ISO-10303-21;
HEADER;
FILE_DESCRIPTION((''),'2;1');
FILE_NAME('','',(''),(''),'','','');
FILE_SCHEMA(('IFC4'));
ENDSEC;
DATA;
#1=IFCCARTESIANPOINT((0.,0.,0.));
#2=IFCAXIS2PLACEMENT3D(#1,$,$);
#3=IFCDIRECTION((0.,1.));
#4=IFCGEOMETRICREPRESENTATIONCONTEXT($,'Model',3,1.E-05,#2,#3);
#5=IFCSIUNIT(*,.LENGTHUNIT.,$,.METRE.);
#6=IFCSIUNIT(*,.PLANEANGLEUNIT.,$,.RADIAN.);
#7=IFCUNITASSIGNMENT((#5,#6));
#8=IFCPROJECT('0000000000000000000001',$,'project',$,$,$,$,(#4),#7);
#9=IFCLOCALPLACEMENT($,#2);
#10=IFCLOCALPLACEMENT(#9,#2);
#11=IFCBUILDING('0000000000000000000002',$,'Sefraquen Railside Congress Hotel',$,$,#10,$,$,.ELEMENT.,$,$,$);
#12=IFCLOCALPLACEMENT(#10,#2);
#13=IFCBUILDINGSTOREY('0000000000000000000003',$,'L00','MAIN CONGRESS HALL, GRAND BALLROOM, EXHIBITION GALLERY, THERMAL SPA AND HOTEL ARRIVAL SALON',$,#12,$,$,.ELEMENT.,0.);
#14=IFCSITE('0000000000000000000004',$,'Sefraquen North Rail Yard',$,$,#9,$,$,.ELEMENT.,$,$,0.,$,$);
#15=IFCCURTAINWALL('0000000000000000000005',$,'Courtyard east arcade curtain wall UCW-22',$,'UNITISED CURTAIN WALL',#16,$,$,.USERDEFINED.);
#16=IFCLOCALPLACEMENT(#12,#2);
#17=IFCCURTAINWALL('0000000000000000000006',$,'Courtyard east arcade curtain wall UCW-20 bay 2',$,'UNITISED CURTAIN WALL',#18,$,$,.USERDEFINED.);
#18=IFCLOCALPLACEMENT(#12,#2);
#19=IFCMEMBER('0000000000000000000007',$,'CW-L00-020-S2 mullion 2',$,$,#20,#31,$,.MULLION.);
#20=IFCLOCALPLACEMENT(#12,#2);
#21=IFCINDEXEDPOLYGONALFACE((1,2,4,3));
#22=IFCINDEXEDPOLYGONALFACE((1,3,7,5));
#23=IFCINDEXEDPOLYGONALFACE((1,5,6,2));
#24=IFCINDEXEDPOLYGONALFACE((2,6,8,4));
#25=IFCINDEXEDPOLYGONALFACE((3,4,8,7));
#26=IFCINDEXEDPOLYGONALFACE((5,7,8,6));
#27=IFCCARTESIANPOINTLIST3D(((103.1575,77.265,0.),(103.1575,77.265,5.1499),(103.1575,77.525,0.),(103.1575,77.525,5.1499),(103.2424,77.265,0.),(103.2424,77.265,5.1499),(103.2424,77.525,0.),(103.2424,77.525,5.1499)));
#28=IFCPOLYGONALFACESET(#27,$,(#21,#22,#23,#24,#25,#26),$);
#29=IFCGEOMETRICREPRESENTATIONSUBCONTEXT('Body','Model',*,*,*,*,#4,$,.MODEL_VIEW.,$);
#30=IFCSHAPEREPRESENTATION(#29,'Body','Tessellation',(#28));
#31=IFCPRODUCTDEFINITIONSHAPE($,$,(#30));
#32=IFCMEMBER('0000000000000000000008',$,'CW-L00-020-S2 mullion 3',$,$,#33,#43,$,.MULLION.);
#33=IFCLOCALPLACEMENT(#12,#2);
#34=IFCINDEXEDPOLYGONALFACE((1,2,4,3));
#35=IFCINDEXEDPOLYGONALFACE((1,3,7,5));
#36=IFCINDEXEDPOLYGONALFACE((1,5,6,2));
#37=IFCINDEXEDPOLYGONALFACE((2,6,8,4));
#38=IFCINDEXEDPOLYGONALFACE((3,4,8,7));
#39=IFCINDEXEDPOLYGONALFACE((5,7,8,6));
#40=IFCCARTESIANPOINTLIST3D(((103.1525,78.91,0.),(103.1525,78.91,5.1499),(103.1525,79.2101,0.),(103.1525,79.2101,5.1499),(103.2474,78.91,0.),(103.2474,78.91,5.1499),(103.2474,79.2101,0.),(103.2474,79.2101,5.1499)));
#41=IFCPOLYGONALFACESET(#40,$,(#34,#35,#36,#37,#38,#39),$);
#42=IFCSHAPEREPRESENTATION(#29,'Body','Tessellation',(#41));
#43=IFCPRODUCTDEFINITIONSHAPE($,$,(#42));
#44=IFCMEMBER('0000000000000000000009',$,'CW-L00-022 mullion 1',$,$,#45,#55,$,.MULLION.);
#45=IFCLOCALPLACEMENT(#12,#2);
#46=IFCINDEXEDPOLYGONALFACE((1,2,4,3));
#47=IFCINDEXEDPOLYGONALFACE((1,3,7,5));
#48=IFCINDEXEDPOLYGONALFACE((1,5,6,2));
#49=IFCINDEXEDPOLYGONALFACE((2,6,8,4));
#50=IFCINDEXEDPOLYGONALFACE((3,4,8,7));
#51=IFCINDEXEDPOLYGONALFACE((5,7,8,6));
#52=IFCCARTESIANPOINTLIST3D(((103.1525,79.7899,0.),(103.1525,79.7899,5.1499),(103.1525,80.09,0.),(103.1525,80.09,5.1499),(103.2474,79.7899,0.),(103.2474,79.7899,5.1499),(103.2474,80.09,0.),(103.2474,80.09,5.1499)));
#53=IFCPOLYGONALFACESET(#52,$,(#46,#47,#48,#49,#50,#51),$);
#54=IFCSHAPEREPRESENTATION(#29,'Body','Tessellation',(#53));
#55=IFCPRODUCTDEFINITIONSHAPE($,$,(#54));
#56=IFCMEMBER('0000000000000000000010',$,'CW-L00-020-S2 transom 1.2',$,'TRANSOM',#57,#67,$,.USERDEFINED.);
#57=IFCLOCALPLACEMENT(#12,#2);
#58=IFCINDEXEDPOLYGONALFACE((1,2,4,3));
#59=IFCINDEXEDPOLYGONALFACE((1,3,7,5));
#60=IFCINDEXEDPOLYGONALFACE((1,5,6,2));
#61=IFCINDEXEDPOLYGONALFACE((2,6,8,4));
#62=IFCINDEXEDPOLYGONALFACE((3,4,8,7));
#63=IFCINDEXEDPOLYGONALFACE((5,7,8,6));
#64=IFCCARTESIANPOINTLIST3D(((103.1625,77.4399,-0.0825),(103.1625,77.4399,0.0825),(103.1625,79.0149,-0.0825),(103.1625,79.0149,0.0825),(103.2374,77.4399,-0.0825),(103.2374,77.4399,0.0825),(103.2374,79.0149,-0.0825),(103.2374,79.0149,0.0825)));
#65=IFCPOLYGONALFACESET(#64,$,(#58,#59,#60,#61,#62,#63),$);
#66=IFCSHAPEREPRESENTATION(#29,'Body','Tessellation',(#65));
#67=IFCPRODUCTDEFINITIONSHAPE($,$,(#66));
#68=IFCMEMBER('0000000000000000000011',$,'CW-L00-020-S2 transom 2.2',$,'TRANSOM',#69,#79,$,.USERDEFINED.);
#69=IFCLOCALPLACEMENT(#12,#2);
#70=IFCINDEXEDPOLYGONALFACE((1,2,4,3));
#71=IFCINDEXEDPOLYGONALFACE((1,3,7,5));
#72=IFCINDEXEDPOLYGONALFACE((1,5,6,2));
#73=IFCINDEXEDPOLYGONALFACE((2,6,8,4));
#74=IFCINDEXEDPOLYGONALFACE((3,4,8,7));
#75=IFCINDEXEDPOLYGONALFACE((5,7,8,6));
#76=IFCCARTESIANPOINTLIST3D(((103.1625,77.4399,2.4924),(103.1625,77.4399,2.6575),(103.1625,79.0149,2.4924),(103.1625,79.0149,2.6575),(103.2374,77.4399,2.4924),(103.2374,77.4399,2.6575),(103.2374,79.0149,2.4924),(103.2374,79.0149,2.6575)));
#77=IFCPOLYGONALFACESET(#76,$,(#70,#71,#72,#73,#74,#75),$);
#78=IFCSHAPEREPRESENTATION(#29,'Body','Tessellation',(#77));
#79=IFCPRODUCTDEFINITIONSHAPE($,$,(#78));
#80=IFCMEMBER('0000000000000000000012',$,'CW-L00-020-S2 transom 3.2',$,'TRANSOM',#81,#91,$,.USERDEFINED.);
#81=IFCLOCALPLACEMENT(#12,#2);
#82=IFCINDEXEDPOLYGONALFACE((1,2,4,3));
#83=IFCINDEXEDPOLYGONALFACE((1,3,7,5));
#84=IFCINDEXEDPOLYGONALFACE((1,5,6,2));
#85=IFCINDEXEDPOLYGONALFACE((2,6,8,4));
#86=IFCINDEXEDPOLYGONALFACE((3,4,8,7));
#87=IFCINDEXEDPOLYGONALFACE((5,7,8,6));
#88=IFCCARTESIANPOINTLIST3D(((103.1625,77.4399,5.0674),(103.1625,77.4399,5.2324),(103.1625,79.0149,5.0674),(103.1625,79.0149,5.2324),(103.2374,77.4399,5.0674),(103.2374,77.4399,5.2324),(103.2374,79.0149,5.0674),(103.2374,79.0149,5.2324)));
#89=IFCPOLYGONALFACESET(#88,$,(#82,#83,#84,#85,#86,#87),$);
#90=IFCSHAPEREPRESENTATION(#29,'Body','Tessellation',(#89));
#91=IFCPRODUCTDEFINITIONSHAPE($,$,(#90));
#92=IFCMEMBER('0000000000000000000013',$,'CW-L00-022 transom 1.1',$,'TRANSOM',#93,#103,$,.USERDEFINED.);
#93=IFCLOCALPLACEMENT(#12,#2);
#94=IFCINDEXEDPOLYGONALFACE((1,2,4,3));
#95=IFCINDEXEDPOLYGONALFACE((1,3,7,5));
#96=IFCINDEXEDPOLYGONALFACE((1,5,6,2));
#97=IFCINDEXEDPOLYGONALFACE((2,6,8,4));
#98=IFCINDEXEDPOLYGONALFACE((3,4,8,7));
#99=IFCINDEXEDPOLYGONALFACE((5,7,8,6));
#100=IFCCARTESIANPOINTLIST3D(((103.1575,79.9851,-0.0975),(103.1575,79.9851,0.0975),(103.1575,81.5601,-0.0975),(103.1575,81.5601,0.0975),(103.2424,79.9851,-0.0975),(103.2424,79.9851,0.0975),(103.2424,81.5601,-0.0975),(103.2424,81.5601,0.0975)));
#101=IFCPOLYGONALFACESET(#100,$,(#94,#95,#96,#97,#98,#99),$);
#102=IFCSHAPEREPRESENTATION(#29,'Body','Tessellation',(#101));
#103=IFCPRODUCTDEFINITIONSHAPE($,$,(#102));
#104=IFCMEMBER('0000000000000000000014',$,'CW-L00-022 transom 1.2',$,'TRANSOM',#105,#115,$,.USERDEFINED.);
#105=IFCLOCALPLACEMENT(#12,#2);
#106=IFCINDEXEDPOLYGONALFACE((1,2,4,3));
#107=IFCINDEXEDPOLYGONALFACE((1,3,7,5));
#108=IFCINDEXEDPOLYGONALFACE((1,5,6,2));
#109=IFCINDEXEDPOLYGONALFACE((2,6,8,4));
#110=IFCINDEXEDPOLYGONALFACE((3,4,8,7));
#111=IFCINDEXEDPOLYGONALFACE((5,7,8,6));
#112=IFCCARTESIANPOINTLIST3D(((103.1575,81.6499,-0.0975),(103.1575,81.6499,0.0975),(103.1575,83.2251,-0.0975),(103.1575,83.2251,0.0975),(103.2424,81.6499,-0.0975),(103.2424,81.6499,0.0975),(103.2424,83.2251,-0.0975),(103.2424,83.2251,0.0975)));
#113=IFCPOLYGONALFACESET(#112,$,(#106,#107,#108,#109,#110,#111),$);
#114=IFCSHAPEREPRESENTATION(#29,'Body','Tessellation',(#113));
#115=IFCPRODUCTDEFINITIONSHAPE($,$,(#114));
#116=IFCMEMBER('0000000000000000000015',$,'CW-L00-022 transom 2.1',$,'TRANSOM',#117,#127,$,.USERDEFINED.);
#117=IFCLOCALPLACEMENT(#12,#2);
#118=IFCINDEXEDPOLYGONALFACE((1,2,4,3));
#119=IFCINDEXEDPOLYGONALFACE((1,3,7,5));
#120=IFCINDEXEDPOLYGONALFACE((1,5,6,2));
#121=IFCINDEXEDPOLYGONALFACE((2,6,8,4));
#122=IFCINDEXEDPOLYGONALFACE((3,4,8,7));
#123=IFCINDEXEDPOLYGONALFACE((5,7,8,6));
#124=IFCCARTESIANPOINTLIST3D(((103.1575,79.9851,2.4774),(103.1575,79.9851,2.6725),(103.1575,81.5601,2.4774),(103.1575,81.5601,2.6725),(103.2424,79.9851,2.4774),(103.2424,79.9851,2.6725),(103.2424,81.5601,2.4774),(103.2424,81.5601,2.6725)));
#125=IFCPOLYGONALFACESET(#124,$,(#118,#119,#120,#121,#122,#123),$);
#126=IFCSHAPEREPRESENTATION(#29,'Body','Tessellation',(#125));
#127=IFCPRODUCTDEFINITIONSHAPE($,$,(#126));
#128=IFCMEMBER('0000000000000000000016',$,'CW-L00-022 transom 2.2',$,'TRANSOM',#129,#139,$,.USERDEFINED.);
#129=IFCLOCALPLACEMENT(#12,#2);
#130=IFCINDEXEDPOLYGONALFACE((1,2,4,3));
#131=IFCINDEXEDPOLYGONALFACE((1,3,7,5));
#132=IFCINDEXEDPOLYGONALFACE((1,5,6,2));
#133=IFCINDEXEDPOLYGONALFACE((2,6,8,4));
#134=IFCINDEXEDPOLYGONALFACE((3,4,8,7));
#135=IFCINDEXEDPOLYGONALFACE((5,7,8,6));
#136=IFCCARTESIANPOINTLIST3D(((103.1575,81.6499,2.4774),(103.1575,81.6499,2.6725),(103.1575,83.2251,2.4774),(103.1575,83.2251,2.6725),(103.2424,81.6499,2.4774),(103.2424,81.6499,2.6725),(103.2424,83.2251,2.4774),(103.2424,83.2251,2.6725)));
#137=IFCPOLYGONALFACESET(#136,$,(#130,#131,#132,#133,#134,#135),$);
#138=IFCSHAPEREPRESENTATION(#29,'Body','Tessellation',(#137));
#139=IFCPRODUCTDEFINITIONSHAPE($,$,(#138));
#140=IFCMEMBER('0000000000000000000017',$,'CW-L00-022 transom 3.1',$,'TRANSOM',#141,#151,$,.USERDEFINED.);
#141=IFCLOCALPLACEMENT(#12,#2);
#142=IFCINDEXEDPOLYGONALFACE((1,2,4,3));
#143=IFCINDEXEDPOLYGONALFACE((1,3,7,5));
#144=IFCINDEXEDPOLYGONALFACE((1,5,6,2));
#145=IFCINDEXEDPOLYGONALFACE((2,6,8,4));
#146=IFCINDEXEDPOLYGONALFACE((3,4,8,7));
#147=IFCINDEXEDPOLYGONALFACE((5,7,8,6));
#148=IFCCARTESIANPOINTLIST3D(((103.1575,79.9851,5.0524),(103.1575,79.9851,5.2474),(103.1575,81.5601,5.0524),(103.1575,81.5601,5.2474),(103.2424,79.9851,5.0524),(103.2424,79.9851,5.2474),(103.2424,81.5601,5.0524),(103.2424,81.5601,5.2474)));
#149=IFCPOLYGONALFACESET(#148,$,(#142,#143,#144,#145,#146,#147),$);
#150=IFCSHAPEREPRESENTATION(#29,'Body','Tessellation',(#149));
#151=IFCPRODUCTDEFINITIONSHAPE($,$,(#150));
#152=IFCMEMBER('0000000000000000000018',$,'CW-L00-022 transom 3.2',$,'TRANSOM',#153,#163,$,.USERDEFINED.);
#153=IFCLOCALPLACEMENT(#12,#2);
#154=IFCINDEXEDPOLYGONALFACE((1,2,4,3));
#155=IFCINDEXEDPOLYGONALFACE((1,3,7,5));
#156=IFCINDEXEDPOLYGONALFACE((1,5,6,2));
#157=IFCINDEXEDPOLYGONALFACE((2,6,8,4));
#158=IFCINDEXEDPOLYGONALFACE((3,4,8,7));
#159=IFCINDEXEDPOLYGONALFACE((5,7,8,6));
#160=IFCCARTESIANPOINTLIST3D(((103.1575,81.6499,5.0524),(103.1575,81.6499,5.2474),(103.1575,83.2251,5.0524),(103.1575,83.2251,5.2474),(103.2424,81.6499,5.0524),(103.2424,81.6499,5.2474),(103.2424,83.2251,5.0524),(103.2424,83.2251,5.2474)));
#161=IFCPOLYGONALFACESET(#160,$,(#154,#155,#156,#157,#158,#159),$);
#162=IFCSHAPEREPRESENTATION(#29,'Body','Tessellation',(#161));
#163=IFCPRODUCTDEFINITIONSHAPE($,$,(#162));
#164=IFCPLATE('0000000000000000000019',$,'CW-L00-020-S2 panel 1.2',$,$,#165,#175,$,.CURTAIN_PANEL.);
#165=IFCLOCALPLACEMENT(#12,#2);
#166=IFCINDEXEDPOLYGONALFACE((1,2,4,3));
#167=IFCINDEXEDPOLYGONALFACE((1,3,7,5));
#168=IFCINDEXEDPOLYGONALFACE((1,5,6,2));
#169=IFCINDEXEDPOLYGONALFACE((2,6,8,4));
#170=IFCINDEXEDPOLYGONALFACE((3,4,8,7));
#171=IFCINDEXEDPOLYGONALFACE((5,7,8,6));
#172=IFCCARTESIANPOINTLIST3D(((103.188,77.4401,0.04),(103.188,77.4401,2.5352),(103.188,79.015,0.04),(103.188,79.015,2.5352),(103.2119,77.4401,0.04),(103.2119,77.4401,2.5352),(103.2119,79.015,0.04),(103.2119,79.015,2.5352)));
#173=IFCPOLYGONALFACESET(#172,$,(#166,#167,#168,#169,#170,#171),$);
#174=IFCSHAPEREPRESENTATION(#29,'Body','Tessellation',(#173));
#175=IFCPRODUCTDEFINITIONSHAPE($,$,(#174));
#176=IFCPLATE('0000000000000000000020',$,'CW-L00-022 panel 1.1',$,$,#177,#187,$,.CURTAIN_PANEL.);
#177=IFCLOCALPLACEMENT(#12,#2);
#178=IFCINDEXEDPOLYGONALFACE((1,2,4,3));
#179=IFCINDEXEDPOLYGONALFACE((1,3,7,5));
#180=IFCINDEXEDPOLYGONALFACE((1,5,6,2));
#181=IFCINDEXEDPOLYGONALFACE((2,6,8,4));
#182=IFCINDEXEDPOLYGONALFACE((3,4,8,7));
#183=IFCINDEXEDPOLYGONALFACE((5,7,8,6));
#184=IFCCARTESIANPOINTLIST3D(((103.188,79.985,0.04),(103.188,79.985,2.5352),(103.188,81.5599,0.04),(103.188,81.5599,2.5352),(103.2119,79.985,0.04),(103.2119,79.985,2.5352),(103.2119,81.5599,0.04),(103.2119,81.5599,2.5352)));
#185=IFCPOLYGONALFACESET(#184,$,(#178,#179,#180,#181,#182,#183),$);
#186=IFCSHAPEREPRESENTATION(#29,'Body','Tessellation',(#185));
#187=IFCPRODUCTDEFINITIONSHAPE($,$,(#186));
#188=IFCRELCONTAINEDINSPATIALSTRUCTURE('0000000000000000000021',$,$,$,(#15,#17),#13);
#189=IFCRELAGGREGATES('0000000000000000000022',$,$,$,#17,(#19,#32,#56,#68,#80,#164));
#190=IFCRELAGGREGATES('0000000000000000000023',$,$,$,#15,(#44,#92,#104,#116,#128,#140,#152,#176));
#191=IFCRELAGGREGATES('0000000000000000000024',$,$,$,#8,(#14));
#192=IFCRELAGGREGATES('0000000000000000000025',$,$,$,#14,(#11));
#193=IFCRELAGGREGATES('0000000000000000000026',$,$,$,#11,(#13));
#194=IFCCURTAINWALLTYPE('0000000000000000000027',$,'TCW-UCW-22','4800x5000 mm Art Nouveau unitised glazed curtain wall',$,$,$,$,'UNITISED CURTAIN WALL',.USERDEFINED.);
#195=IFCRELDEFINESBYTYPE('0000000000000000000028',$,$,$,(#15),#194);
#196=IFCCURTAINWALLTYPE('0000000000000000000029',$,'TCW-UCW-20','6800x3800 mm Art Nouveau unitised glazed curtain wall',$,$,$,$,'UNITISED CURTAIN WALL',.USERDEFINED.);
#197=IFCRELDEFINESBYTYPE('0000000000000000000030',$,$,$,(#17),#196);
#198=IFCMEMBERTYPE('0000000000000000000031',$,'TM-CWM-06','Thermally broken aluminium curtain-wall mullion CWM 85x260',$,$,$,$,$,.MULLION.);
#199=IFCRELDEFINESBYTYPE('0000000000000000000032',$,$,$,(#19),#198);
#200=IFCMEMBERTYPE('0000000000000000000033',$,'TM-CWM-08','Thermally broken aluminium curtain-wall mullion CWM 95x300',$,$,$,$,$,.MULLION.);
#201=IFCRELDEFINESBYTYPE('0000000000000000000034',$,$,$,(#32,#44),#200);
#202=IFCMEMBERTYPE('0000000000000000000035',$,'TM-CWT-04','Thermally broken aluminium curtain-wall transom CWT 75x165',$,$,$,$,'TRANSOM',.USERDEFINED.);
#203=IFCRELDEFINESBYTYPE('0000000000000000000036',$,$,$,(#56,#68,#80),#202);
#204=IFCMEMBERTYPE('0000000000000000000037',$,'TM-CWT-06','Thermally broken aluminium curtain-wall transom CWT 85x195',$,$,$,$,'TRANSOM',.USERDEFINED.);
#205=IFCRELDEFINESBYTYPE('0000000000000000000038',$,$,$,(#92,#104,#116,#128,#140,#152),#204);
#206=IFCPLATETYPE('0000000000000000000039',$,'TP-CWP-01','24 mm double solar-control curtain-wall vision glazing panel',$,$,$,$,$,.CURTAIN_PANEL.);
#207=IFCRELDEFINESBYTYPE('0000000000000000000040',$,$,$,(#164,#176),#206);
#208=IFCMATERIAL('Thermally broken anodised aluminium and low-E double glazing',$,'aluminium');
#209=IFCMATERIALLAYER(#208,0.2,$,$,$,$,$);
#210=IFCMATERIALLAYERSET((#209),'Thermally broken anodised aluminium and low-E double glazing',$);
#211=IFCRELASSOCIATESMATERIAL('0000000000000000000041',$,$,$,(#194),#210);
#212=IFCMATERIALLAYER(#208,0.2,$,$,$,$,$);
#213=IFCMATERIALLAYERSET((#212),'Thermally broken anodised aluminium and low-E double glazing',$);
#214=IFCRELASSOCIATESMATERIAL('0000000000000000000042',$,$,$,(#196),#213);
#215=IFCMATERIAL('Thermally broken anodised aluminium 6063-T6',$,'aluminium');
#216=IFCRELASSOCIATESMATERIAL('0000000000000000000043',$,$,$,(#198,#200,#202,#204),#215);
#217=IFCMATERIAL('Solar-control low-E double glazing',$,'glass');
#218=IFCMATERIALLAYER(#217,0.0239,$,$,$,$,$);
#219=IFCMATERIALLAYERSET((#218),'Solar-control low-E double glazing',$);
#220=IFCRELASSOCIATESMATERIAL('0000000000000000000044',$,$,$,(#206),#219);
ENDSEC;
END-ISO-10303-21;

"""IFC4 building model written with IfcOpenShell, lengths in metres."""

from ifc_helpers import new_model, si_unit, direction, frame, origin, origin_2d, place, context, subcontext, project, spatial, rectangle, extrude, material, layer, layer_set, material_profile, profile_set, type_object, element, aggregate, save


model = new_model("IFC4")

# Units and contexts
model_context = context("Model", 3, precision=1e-05, world=origin(), true_north=direction((0.0, 1.0)))
body_context = subcontext(model_context, "Body", "Model", "MODEL_VIEW")
ifc_project = project(units=[si_unit("LENGTHUNIT", "METRE"), si_unit("PLANEANGLEUNIT", "RADIAN")], contexts=[model_context])

# Site, building, storey
site_placement = place(None, origin())
site = spatial("IfcSite", under=ifc_project, at=site_placement, Name="Sefraquen North Rail Yard", CompositionType="ELEMENT", RefElevation=0.0)
building_placement = place(site_placement, origin())
building = spatial("IfcBuilding", under=site, at=building_placement, Name="Sefraquen Railside Congress Hotel", CompositionType="ELEMENT")
storey_placement = place(building_placement, origin())
storey = spatial("IfcBuildingStorey", under=building, at=storey_placement, Name="L00", Description="MAIN CONGRESS HALL, GRAND BALLROOM, EXHIBITION GALLERY, THERMAL SPA AND HOTEL ARRIVAL SALON", CompositionType="ELEMENT", Elevation=0.0)

# Curtain wall
ifc_material_1 = material(Name="Thermally broken anodised aluminium and low-E double glazing", Category="aluminium")
ifc_layer_1 = layer(ifc_material_1, 0.2)
ifc_layer_set_1 = layer_set([ifc_layer_1], Name="Thermally broken anodised aluminium and low-E double glazing")
curtain_wall_type_1 = type_object("IfcCurtainWallType", Name="TCW-UCW-22", Description="4800x5000 mm Art Nouveau unitised glazed curtain wall", ElementType="UNITISED CURTAIN WALL", PredefinedType="USERDEFINED", material=ifc_layer_set_1)
curtain_wall_1_placement = place(storey_placement, origin())
curtain_wall_1 = element("IfcCurtainWall", 1, at=curtain_wall_1_placement, inside=storey, type_object=curtain_wall_type_1, Name="Courtyard east arcade curtain wall UCW-22", ObjectType="UNITISED CURTAIN WALL", PredefinedType="USERDEFINED")
ifc_material_2 = material(Name="Thermally broken anodised aluminium 6063-T6", Category="aluminium")

# Curtain wall, members
ifc_layer_2 = layer(ifc_material_1, 0.2)
ifc_layer_set_2 = layer_set([ifc_layer_2], Name="Thermally broken anodised aluminium and low-E double glazing")
curtain_wall_type_2 = type_object("IfcCurtainWallType", Name="TCW-UCW-20", Description="6800x3800 mm Art Nouveau unitised glazed curtain wall", ElementType="UNITISED CURTAIN WALL", PredefinedType="USERDEFINED", material=ifc_layer_set_2)
curtain_wall_2_placement = place(storey_placement, origin())
curtain_wall_2 = element("IfcCurtainWall", 2, at=curtain_wall_2_placement, inside=storey, type_object=curtain_wall_type_2, Name="Courtyard east arcade curtain wall UCW-20 bay 2", ObjectType="UNITISED CURTAIN WALL", PredefinedType="USERDEFINED")
ifc_material_profile_1 = material_profile(ifc_material_2, rectangle(XDim=0.085, YDim=0.26, at=origin_2d()), Name="CWM 85x260")
ifc_profile_set_1 = profile_set([ifc_material_profile_1], Name="Thermally broken anodised aluminium 6063-T6")
member_type_1 = type_object("IfcMemberType", Name="TM-CWM-06", Description="Thermally broken aluminium curtain-wall mullion CWM 85x260", PredefinedType="MULLION", material=ifc_profile_set_1)
member_1_placement = place(storey_placement, frame((103.2, 77.395, 0.0), z_axis=(0.0, 0.0, 1.0), x_axis=(1.0, 0.0, 0.0)))
member_1 = element("IfcMember", 3, at=member_1_placement, type_object=member_type_1, Name="CW-L00-020-S2 mullion 2", PredefinedType="MULLION", context=body_context, shape_type="SweptSolid", body=[
    extrude(rectangle(XDim=0.085, YDim=0.26, at=origin_2d()), origin(), (0.0, 0.0, 1.0), 5.1499),
])
ifc_material_profile_2 = material_profile(ifc_material_2, rectangle(XDim=0.095, YDim=0.3, at=origin_2d()), Name="CWM 95x300")
ifc_profile_set_2 = profile_set([ifc_material_profile_2], Name="Thermally broken anodised aluminium 6063-T6")
member_type_2 = type_object("IfcMemberType", Name="TM-CWM-08", Description="Thermally broken aluminium curtain-wall mullion CWM 95x300", PredefinedType="MULLION", material=ifc_profile_set_2)
member_2_placement = place(storey_placement, frame((103.2, 79.0601, 0.0), z_axis=(0.0, 0.0, 1.0), x_axis=(1.0, 0.0, 0.0)))
member_2 = element("IfcMember", 4, at=member_2_placement, type_object=member_type_2, Name="CW-L00-020-S2 mullion 3", PredefinedType="MULLION", context=body_context, shape_type="SweptSolid", body=[
    extrude(rectangle(XDim=0.095, YDim=0.3, at=origin_2d()), origin(), (0.0, 0.0, 1.0), 5.1499),
])

# Members
member_3_placement = place(storey_placement, frame((103.2, 79.9399, 0.0), z_axis=(0.0, 0.0, 1.0), x_axis=(1.0, 0.0, 0.0)))
member_3 = element("IfcMember", 5, at=member_3_placement, type_object=member_type_2, Name="CW-L00-022 mullion 1", PredefinedType="MULLION", context=body_context, shape_type="SweptSolid", body=[
    extrude(rectangle(XDim=0.095, YDim=0.3, at=origin_2d()), origin(), (0.0, 0.0, 1.0), 5.1499),
])
ifc_material_profile_3 = material_profile(ifc_material_2, rectangle(XDim=0.075, YDim=0.165, at=origin_2d()), Name="CWT 75x165")
ifc_profile_set_3 = profile_set([ifc_material_profile_3], Name="Thermally broken anodised aluminium 6063-T6")
member_type_3 = type_object("IfcMemberType", Name="TM-CWT-04", Description="Thermally broken aluminium curtain-wall transom CWT 75x165", ElementType="TRANSOM", PredefinedType="USERDEFINED", material=ifc_profile_set_3)
member_4_placement = place(storey_placement, frame((103.2, 77.4399, 0.0), z_axis=(0.0, 1.0, 0.0), x_axis=(-1.0, 0.0, 0.0)))
member_4 = element("IfcMember", 6, at=member_4_placement, type_object=member_type_3, Name="CW-L00-020-S2 transom 1.2", ObjectType="TRANSOM", PredefinedType="USERDEFINED", context=body_context, shape_type="SweptSolid", body=[
    extrude(rectangle(XDim=0.075, YDim=0.165, at=origin_2d()), origin(), (0.0, 0.0, 1.0), 1.575),
])
member_5_placement = place(storey_placement, frame((103.2, 77.4399, 2.575), z_axis=(0.0, 1.0, 0.0), x_axis=(-1.0, 0.0, 0.0)))
member_5 = element("IfcMember", 7, at=member_5_placement, type_object=member_type_3, Name="CW-L00-020-S2 transom 2.2", ObjectType="TRANSOM", PredefinedType="USERDEFINED", context=body_context, shape_type="SweptSolid", body=[
    extrude(rectangle(XDim=0.075, YDim=0.165, at=origin_2d()), origin(), (0.0, 0.0, 1.0), 1.575),
])
member_6_placement = place(storey_placement, frame((103.2, 77.4399, 5.1499), z_axis=(0.0, 1.0, 0.0), x_axis=(-1.0, 0.0, 0.0)))
member_6 = element("IfcMember", 8, at=member_6_placement, type_object=member_type_3, Name="CW-L00-020-S2 transom 3.2", ObjectType="TRANSOM", PredefinedType="USERDEFINED", context=body_context, shape_type="SweptSolid", body=[
    extrude(rectangle(XDim=0.075, YDim=0.165, at=origin_2d()), origin(), (0.0, 0.0, 1.0), 1.575),
])
ifc_material_profile_4 = material_profile(ifc_material_2, rectangle(XDim=0.085, YDim=0.1951, at=origin_2d()), Name="CWT 85x195")
ifc_profile_set_4 = profile_set([ifc_material_profile_4], Name="Thermally broken anodised aluminium 6063-T6")
member_type_4 = type_object("IfcMemberType", Name="TM-CWT-06", Description="Thermally broken aluminium curtain-wall transom CWT 85x195", ElementType="TRANSOM", PredefinedType="USERDEFINED", material=ifc_profile_set_4)
member_7_placement = place(storey_placement, frame((103.2, 79.9851, 0.0), z_axis=(0.0, 1.0, 0.0), x_axis=(-1.0, 0.0, 0.0)))
member_7 = element("IfcMember", 9, at=member_7_placement, type_object=member_type_4, Name="CW-L00-022 transom 1.1", ObjectType="TRANSOM", PredefinedType="USERDEFINED", context=body_context, shape_type="SweptSolid", body=[
    extrude(rectangle(XDim=0.085, YDim=0.1951, at=origin_2d()), origin(), (0.0, 0.0, 1.0), 1.575),
])
member_8_placement = place(storey_placement, frame((103.2, 81.6499, 0.0), z_axis=(0.0, 1.0, 0.0), x_axis=(-1.0, 0.0, 0.0)))
member_8 = element("IfcMember", 10, at=member_8_placement, type_object=member_type_4, Name="CW-L00-022 transom 1.2", ObjectType="TRANSOM", PredefinedType="USERDEFINED", context=body_context, shape_type="SweptSolid", body=[
    extrude(rectangle(XDim=0.085, YDim=0.1951, at=origin_2d()), origin(), (0.0, 0.0, 1.0), 1.5752),
])
member_9_placement = place(storey_placement, frame((103.2, 79.9851, 2.575), z_axis=(0.0, 1.0, 0.0), x_axis=(-1.0, 0.0, 0.0)))
member_9 = element("IfcMember", 11, at=member_9_placement, type_object=member_type_4, Name="CW-L00-022 transom 2.1", ObjectType="TRANSOM", PredefinedType="USERDEFINED", context=body_context, shape_type="SweptSolid", body=[
    extrude(rectangle(XDim=0.085, YDim=0.1951, at=origin_2d()), origin(), (0.0, 0.0, 1.0), 1.575),
])
member_10_placement = place(storey_placement, frame((103.2, 81.6499, 2.575), z_axis=(0.0, 1.0, 0.0), x_axis=(-1.0, 0.0, 0.0)))
member_10 = element("IfcMember", 12, at=member_10_placement, type_object=member_type_4, Name="CW-L00-022 transom 2.2", ObjectType="TRANSOM", PredefinedType="USERDEFINED", context=body_context, shape_type="SweptSolid", body=[
    extrude(rectangle(XDim=0.085, YDim=0.1951, at=origin_2d()), origin(), (0.0, 0.0, 1.0), 1.5752),
])
member_11_placement = place(storey_placement, frame((103.2, 79.9851, 5.1499), z_axis=(0.0, 1.0, 0.0), x_axis=(-1.0, 0.0, 0.0)))
member_11 = element("IfcMember", 13, at=member_11_placement, type_object=member_type_4, Name="CW-L00-022 transom 3.1", ObjectType="TRANSOM", PredefinedType="USERDEFINED", context=body_context, shape_type="SweptSolid", body=[
    extrude(rectangle(XDim=0.085, YDim=0.1951, at=origin_2d()), origin(), (0.0, 0.0, 1.0), 1.575),
])
member_12_placement = place(storey_placement, frame((103.2, 81.6499, 5.1499), z_axis=(0.0, 1.0, 0.0), x_axis=(-1.0, 0.0, 0.0)))
member_12 = element("IfcMember", 14, at=member_12_placement, type_object=member_type_4, Name="CW-L00-022 transom 3.2", ObjectType="TRANSOM", PredefinedType="USERDEFINED", context=body_context, shape_type="SweptSolid", body=[
    extrude(rectangle(XDim=0.085, YDim=0.1951, at=origin_2d()), origin(), (0.0, 0.0, 1.0), 1.5752),
])

# Plates
ifc_material_3 = material(Name="Solar-control low-E double glazing", Category="glass")
ifc_layer_3 = layer(ifc_material_3, 0.0239)
ifc_layer_set_3 = layer_set([ifc_layer_3], Name="Solar-control low-E double glazing")
plate_type_1 = type_object("IfcPlateType", Name="TP-CWP-01", Description="24 mm double solar-control curtain-wall vision glazing panel", PredefinedType="CURTAIN_PANEL", material=ifc_layer_set_3)
plate_1_placement = place(storey_placement, frame((103.2, 78.2275, 0.04), z_axis=(0.0, 0.0, 1.0), x_axis=(0.0, 1.0, 0.0)))
plate_1 = element("IfcPlate", 15, at=plate_1_placement, type_object=plate_type_1, Name="CW-L00-020-S2 panel 1.2", PredefinedType="CURTAIN_PANEL", context=body_context, shape_type="SweptSolid", body=[
    extrude(rectangle(XDim=1.575, YDim=0.0239, at=origin_2d()), origin(), (0.0, 0.0, 1.0), 2.4951),
])
plate_2_placement = place(storey_placement, frame((103.2, 80.7725, 0.04), z_axis=(0.0, 0.0, 1.0), x_axis=(0.0, 1.0, 0.0)))
plate_2 = element("IfcPlate", 16, at=plate_2_placement, type_object=plate_type_1, Name="CW-L00-022 panel 1.1", PredefinedType="CURTAIN_PANEL", context=body_context, shape_type="SweptSolid", body=[
    extrude(rectangle(XDim=1.575, YDim=0.0239, at=origin_2d()), origin(), (0.0, 0.0, 1.0), 2.4951),
])
aggregate(curtain_wall_2, [member_1, member_2, member_4, member_5, member_6, plate_1])
aggregate(curtain_wall_1, [member_3, member_7, member_8, member_9, member_10, member_11, member_12, plate_2])

save(model, "model.ifc")
